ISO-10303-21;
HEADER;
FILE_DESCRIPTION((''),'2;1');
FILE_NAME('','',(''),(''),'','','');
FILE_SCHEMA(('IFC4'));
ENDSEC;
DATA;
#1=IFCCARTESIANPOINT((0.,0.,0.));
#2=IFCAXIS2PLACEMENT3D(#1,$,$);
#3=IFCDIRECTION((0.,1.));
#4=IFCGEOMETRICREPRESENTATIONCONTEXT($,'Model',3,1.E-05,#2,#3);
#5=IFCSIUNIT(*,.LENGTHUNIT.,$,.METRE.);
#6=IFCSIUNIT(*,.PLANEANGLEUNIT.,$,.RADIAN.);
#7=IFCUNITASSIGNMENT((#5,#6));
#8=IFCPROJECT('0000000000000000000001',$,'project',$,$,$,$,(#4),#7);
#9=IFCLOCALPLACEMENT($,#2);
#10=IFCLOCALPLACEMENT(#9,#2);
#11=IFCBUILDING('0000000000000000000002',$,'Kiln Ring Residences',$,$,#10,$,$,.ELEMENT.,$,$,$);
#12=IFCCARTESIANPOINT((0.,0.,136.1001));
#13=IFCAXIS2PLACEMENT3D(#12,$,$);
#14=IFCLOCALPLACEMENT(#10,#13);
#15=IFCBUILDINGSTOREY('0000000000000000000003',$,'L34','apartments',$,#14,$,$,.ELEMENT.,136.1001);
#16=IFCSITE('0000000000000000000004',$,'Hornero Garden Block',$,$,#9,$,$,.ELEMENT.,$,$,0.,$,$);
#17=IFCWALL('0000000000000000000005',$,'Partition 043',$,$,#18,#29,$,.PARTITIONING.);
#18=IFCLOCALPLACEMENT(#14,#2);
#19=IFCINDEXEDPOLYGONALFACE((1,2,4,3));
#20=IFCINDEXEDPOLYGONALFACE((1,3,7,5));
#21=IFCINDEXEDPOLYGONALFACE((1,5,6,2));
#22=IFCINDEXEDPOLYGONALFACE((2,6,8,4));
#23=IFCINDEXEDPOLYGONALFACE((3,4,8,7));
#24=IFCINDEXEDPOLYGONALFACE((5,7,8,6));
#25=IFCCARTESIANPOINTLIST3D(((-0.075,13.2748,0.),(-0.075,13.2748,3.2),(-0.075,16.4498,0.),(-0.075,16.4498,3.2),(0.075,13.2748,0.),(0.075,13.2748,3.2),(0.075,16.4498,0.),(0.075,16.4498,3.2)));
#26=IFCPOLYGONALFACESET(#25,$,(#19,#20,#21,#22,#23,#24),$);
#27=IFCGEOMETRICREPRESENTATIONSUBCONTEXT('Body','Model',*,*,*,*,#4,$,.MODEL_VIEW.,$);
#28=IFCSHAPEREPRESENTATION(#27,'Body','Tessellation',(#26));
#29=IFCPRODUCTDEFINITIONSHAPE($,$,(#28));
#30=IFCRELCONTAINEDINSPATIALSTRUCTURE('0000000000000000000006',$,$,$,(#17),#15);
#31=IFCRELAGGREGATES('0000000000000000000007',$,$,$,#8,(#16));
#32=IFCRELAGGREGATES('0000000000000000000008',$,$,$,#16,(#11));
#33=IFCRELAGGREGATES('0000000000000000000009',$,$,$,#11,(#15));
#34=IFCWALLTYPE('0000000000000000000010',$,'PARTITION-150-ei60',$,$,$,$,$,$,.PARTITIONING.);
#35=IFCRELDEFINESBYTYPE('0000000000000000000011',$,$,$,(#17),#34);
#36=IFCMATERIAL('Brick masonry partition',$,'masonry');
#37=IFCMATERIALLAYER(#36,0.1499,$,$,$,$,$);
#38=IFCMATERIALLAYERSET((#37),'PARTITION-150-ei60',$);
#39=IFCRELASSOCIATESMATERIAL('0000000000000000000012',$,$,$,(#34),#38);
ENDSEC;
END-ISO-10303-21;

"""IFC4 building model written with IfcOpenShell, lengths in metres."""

from ifc_helpers import new_model, si_unit, direction, frame, frame_2d, origin, place, context, subcontext, project, spatial, rectangle, extrude, material, layer, layer_set, type_object, element, save


model = new_model("IFC4")

# Units and contexts
model_context = context("Model", 3, precision=1e-05, world=origin(), true_north=direction((0.0, 1.0)))
body_context = subcontext(model_context, "Body", "Model", "MODEL_VIEW")
ifc_project = project(units=[si_unit("LENGTHUNIT", "METRE"), si_unit("PLANEANGLEUNIT", "RADIAN")], contexts=[model_context])

# Site, building, storey
site_placement = place(None, origin())
site = spatial("IfcSite", under=ifc_project, at=site_placement, Name="Hornero Garden Block", CompositionType="ELEMENT", RefElevation=0.0)
building_placement = place(site_placement, origin())
building = spatial("IfcBuilding", under=site, at=building_placement, Name="Kiln Ring Residences", CompositionType="ELEMENT")
storey_placement = place(building_placement, frame((0.0, 0.0, 136.1001)))
storey = spatial("IfcBuildingStorey", under=building, at=storey_placement, Name="L34", Description="apartments", CompositionType="ELEMENT", Elevation=136.1001)

# Shared definitions
ifc_material_1 = material(Name="Brick masonry partition", Category="masonry")
ifc_layer_1 = layer(ifc_material_1, 0.1499)
ifc_layer_set_1 = layer_set([ifc_layer_1], Name="PARTITION-150-ei60")
wall_type_1 = type_object("IfcWallType", Name="PARTITION-150-ei60", PredefinedType="PARTITIONING", material=ifc_layer_set_1)

# Wall
for number, where, z_axis, x_axis, name in (
    (1, (0.0, 13.2749, 0.0), (0.0, 0.0, 1.0), (0.0, 1.0, 0.0), "Partition 043"),
):
    element("IfcWall", number, at=place(storey_placement, frame(where, z_axis=z_axis, x_axis=x_axis)), inside=storey, type_object=wall_type_1, Name=name, PredefinedType="PARTITIONING", context=body_context, shape_type="SweptSolid", body=[
        extrude(rectangle(XDim=3.175, YDim=0.1499, at=frame_2d((1.5874, 0.0))), origin(), (0.0, 0.0, 1.0), 3.2),
    ])

save(model, "model.ifc")
